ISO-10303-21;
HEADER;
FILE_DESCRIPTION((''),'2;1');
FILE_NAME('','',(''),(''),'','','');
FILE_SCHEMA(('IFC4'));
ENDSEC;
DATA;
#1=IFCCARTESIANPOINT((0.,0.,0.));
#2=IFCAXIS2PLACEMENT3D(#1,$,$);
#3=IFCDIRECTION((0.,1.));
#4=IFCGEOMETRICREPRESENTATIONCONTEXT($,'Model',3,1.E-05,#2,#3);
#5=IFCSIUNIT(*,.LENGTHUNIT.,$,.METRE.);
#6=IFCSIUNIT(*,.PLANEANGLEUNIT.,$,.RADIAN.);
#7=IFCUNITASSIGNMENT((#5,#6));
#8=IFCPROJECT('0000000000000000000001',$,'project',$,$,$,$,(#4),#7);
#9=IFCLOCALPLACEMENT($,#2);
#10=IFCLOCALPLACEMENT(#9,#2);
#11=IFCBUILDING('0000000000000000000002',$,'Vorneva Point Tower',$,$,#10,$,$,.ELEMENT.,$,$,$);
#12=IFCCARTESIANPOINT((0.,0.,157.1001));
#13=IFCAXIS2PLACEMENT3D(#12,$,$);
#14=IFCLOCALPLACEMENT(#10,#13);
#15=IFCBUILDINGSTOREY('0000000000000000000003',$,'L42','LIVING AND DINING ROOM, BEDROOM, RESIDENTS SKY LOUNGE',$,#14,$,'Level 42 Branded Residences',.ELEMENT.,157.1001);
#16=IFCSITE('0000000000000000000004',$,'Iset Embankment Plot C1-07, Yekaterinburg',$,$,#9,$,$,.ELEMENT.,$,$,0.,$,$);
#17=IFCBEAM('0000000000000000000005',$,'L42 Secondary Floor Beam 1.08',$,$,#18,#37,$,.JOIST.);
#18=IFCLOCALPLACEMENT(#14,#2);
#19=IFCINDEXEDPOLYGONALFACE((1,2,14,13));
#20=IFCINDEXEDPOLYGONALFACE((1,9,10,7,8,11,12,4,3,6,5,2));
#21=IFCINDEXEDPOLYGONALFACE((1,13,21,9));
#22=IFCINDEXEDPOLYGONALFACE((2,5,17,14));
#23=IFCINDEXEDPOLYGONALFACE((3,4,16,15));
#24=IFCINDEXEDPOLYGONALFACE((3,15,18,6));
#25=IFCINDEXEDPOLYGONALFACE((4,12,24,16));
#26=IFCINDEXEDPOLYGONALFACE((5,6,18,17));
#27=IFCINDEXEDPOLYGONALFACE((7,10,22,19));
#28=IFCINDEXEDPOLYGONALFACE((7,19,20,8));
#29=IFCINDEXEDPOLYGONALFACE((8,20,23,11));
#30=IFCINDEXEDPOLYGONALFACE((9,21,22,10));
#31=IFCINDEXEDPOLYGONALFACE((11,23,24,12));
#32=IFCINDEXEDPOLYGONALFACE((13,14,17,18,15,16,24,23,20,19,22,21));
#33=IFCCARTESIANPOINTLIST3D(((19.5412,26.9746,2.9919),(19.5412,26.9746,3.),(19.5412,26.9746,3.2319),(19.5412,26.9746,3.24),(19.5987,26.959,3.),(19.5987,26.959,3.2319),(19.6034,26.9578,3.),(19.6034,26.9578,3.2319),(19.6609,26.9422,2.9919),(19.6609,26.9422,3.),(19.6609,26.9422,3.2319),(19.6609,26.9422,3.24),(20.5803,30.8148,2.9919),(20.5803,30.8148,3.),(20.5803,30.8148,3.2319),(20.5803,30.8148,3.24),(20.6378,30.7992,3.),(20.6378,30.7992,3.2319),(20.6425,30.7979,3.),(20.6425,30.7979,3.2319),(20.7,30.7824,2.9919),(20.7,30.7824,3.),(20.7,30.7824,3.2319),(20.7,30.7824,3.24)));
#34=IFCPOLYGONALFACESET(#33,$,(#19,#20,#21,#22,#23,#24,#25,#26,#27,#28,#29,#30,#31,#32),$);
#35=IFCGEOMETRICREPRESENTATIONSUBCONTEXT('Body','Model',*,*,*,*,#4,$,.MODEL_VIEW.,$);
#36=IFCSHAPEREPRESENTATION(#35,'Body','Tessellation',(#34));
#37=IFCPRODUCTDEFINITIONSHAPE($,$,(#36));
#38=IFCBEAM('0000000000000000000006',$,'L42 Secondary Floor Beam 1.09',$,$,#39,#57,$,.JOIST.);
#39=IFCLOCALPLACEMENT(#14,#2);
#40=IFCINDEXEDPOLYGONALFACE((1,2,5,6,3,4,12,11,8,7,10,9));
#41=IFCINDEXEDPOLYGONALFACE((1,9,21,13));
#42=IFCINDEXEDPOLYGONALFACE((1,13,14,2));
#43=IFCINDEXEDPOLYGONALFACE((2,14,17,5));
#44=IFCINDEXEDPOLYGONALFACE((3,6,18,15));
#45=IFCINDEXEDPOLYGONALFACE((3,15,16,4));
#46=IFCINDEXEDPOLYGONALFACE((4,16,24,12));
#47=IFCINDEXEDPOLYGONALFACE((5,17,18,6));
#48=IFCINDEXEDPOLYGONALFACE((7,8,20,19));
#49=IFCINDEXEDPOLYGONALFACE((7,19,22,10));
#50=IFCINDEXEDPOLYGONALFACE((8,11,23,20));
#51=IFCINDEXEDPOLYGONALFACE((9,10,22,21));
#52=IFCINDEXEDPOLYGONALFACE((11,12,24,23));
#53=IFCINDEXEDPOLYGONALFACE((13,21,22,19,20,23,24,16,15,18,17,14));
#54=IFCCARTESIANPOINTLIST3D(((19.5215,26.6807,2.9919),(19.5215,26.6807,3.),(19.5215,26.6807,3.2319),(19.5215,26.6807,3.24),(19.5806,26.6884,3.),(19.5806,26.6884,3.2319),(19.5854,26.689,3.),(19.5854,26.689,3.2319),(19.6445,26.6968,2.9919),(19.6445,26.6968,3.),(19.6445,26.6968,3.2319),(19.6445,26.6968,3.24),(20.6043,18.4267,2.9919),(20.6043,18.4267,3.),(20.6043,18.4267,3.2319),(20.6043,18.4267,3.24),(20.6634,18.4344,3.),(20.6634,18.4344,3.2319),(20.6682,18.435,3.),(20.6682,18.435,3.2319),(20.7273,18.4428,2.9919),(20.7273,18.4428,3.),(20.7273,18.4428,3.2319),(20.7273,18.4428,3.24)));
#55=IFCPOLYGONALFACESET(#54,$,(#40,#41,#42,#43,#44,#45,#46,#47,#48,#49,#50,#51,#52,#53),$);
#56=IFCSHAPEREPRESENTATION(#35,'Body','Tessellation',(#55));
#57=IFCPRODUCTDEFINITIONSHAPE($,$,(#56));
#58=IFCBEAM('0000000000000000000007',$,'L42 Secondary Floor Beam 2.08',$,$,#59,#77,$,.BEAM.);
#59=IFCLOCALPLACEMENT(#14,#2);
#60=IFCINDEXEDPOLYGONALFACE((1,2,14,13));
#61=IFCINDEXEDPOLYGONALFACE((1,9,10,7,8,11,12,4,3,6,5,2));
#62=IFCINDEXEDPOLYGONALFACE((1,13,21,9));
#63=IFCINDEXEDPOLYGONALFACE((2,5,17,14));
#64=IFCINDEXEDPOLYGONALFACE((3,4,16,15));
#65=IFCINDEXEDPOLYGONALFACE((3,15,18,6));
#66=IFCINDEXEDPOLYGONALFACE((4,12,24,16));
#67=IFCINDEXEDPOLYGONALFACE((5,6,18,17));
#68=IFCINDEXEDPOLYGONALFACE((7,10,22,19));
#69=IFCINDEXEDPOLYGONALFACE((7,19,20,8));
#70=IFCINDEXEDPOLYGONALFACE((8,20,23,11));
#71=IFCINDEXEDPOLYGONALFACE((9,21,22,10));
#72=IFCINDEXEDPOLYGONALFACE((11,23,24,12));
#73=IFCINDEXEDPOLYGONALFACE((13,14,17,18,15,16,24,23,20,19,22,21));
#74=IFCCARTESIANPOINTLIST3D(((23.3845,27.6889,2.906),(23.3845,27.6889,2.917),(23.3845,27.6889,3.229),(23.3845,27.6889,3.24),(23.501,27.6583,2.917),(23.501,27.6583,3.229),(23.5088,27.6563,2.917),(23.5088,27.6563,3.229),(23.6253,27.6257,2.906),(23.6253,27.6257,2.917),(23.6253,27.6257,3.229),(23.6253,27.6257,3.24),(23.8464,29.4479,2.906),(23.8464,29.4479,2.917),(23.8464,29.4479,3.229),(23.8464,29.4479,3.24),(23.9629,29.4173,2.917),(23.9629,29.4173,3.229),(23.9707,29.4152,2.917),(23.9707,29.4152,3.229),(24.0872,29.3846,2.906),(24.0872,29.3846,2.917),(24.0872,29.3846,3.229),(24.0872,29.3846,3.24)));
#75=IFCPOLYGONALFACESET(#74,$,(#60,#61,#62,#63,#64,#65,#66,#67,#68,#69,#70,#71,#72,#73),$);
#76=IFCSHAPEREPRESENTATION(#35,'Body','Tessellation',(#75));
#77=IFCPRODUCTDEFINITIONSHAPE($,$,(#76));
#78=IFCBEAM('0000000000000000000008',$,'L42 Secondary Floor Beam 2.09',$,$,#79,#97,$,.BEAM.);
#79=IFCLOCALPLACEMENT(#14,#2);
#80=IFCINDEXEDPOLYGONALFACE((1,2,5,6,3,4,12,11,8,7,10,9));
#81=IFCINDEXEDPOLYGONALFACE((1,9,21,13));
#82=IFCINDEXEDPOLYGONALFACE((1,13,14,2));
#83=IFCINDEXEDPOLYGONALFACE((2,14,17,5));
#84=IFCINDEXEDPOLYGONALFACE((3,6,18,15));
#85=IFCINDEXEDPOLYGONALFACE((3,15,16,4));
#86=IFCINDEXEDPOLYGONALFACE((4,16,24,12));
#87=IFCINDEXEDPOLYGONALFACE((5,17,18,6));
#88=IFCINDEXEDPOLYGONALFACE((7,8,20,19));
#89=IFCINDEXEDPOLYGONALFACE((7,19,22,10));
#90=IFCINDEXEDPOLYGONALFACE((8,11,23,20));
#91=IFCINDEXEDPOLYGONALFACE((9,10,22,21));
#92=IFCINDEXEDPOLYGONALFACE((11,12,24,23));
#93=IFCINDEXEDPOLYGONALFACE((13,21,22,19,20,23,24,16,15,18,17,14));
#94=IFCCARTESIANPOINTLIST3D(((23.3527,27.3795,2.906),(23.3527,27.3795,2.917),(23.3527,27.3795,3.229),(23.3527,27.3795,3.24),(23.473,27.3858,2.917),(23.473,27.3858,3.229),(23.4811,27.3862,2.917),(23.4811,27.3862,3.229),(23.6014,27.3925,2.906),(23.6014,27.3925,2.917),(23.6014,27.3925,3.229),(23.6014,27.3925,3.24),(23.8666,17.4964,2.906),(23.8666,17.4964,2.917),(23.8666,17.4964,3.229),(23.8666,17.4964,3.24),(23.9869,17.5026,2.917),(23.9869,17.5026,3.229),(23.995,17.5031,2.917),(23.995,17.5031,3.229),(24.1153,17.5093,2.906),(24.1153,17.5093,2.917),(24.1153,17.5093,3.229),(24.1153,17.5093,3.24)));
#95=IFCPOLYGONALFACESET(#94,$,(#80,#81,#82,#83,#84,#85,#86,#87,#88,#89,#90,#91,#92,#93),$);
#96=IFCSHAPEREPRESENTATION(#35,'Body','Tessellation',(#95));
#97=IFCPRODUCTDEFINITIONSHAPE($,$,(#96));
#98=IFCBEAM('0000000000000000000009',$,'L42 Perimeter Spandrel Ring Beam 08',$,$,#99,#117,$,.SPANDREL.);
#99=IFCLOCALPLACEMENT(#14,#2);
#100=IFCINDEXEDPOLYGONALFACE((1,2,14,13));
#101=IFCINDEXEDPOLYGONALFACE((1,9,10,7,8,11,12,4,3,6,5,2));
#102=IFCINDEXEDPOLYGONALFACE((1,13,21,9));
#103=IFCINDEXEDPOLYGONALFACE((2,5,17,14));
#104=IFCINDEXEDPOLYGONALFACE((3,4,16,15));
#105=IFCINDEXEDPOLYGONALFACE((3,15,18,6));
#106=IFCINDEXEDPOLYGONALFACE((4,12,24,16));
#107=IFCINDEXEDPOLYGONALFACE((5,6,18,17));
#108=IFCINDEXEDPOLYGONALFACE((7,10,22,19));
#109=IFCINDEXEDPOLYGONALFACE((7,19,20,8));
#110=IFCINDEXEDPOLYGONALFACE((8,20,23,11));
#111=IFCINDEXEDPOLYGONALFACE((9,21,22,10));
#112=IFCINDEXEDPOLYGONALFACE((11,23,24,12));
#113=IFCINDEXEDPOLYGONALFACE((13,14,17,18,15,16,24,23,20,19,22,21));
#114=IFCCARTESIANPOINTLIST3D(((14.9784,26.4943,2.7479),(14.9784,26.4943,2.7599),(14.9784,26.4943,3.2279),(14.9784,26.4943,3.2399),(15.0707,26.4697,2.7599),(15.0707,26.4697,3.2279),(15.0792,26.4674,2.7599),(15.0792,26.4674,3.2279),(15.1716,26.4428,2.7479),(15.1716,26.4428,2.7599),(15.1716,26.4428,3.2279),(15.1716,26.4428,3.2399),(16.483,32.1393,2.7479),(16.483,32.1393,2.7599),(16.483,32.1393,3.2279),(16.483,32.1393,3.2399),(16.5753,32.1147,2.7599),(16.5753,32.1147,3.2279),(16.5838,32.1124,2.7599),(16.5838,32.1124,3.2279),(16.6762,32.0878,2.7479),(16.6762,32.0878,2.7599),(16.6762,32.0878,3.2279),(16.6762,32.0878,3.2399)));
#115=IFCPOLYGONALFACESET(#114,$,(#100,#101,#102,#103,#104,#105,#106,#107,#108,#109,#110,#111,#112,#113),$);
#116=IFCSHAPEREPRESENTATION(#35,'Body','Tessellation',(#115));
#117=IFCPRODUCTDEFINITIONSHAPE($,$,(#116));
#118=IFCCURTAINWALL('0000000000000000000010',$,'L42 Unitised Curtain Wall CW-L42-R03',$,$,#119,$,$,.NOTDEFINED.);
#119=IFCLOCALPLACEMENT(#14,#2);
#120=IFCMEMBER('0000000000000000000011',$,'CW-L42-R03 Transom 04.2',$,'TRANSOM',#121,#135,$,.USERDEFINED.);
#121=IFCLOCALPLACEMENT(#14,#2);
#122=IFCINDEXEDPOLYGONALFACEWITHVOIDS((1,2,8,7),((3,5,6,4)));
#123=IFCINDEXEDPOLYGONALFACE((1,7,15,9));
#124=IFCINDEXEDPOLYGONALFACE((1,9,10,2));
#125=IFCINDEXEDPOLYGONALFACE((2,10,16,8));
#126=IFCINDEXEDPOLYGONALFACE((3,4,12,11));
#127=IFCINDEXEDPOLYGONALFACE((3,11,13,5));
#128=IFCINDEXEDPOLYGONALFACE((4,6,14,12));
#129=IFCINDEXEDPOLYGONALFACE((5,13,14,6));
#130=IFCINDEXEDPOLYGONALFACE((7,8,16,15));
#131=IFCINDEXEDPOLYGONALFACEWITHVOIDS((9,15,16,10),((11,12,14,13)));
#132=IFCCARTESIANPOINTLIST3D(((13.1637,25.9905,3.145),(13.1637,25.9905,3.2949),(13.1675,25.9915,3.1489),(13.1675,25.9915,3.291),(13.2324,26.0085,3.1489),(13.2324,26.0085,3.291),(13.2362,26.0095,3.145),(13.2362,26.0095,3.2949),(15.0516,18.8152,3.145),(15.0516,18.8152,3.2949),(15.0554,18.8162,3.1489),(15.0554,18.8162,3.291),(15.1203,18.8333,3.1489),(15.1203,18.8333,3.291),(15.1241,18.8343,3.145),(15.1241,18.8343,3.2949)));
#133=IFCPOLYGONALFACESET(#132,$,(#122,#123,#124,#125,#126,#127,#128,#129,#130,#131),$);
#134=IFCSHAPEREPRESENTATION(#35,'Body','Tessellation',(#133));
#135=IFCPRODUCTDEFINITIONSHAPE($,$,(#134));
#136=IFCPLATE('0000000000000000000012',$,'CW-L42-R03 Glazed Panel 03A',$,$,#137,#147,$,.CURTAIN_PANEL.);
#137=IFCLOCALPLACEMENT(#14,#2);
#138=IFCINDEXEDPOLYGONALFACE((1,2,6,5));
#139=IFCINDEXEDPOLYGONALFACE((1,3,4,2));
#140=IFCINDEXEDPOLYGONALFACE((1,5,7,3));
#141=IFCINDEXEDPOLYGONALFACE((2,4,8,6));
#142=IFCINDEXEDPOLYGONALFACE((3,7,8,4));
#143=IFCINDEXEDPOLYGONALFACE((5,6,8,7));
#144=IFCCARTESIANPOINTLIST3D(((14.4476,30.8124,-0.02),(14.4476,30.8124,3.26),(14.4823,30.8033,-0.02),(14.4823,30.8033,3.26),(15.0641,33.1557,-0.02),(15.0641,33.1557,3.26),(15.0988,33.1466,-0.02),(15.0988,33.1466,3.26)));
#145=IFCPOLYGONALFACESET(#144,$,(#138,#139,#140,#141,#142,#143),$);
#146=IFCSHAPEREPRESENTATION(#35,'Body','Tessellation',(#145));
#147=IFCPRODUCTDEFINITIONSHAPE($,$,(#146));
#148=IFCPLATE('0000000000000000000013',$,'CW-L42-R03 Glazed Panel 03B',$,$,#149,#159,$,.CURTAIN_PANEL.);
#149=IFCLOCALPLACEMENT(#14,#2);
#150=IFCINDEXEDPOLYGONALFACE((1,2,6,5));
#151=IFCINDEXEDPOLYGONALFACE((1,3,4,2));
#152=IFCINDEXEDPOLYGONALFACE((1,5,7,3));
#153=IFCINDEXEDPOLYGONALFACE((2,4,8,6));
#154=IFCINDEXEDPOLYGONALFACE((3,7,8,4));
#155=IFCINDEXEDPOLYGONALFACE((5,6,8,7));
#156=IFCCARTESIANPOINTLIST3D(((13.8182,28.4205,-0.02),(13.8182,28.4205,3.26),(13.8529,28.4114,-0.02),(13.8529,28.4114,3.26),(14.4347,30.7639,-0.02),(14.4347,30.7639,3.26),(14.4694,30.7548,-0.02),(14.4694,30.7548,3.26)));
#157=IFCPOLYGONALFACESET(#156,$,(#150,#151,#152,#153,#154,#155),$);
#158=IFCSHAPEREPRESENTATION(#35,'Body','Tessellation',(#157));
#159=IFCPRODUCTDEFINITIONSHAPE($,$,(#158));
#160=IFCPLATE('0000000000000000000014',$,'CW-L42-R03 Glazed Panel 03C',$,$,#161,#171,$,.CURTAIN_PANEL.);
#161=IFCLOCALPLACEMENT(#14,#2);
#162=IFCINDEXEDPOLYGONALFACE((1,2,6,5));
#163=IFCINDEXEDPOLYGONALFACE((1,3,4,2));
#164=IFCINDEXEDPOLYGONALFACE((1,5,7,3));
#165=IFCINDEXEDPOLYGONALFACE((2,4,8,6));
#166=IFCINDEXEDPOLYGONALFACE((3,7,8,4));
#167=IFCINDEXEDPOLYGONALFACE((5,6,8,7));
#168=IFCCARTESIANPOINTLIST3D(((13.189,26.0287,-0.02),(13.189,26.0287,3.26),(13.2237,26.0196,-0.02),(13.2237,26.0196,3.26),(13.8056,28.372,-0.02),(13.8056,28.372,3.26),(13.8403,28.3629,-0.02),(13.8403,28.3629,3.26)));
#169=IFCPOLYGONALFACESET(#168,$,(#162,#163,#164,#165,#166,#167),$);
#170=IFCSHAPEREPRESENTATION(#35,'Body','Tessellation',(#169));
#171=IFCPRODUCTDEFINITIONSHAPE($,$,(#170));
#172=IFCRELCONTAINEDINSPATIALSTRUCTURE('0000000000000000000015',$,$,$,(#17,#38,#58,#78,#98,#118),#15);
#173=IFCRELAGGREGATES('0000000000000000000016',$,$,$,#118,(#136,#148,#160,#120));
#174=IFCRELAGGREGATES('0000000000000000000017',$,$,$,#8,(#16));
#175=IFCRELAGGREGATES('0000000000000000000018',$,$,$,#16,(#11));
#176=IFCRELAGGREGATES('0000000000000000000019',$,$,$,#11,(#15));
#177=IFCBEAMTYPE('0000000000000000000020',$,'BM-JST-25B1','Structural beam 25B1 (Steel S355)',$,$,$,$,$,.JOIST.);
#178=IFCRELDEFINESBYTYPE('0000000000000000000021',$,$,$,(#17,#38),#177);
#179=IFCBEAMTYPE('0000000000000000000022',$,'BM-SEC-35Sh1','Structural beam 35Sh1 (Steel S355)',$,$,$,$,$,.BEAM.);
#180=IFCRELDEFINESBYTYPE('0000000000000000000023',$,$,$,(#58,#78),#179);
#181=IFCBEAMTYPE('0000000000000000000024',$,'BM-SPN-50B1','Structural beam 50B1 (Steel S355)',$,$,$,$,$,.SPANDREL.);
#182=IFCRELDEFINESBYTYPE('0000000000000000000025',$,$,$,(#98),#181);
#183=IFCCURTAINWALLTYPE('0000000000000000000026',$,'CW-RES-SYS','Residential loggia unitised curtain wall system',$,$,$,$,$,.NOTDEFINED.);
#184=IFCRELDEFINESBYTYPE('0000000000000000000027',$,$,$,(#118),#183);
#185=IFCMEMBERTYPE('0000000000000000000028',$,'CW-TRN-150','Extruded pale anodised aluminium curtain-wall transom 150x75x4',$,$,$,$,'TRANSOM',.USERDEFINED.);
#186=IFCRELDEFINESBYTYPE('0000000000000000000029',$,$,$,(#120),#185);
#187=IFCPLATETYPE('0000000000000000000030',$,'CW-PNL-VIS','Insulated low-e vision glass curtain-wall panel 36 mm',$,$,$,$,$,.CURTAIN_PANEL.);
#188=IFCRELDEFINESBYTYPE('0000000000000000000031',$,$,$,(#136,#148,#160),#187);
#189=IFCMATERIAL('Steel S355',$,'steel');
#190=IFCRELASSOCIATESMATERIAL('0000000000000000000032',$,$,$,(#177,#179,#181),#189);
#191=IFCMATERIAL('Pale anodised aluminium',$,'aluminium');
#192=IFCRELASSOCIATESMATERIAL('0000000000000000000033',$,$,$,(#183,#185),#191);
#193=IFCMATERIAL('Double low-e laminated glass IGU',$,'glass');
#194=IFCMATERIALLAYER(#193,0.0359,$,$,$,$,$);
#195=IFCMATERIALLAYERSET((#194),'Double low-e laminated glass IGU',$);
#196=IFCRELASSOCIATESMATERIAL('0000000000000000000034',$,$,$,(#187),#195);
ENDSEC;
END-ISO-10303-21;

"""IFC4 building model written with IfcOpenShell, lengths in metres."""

from ifc_helpers import new_model, si_unit, direction, frame, origin, origin_2d, place, context, subcontext, project, spatial, rectangle, hollow_rectangle, i_section, extrude, material, layer, layer_set, material_profile, profile_set, type_object, element, aggregate, save


model = new_model("IFC4")

# Units and contexts
model_context = context("Model", 3, precision=1e-05, world=origin(), true_north=direction((0.0, 1.0)))
body_context = subcontext(model_context, "Body", "Model", "MODEL_VIEW")
ifc_project = project(units=[si_unit("LENGTHUNIT", "METRE"), si_unit("PLANEANGLEUNIT", "RADIAN")], contexts=[model_context])

# Site, building, storey
site_placement = place(None, origin())
site = spatial("IfcSite", under=ifc_project, at=site_placement, Name="Iset Embankment Plot C1-07, Yekaterinburg", CompositionType="ELEMENT", RefElevation=0.0)
building_placement = place(site_placement, origin())
building = spatial("IfcBuilding", under=site, at=building_placement, Name="Vorneva Point Tower", CompositionType="ELEMENT")
storey_placement = place(building_placement, frame((0.0, 0.0, 157.1001)))
storey = spatial("IfcBuildingStorey", under=building, at=storey_placement, Name="L42", Description="LIVING AND DINING ROOM, BEDROOM, RESIDENTS SKY LOUNGE", LongName="Level 42 Branded Residences", CompositionType="ELEMENT", Elevation=157.1001)

# Beams
ifc_material_1 = material(Name="Steel S355", Category="steel")
ifc_material_profile_1 = material_profile(ifc_material_1, i_section(OverallWidth=0.124, OverallDepth=0.248, WebThickness=0.0049, FlangeThickness=0.0081, at=origin_2d()), Name="25B1")
ifc_profile_set_1 = profile_set([ifc_material_profile_1], Name="Steel S355")
beam_type_1 = type_object("IfcBeamType", Name="BM-JST-25B1", Description="Structural beam 25B1 (Steel S355)", PredefinedType="JOIST", material=ifc_profile_set_1)
beam_1_placement = place(storey_placement, frame((20.6401, 30.7986, 3.116), z_axis=(-0.26119, -0.965287, 0.0), x_axis=(0.965287, -0.26119, 0.0)))
element("IfcBeam", 1, at=beam_1_placement, inside=storey, type_object=beam_type_1, Name="L42 Secondary Floor Beam 1.08", PredefinedType="JOIST", context=body_context, shape_type="SweptSolid", body=[
    extrude(i_section(OverallWidth=0.124, OverallDepth=0.248, WebThickness=0.0049, FlangeThickness=0.0081, at=origin_2d()), origin(), (0.0, 0.0, 1.0), 3.9783),
])
beam_2_placement = place(storey_placement, frame((19.583, 26.6887, 3.116), z_axis=(0.130068, -0.991505, 0.0), x_axis=(0.991505, 0.130068, 0.0)))
element("IfcBeam", 2, at=beam_2_placement, inside=storey, type_object=beam_type_1, Name="L42 Secondary Floor Beam 1.09", PredefinedType="JOIST", context=body_context, shape_type="SweptSolid", body=[
    extrude(i_section(OverallWidth=0.124, OverallDepth=0.248, WebThickness=0.0049, FlangeThickness=0.0081, at=origin_2d()), origin(), (0.0, 0.0, 1.0), 8.3247),
])
ifc_material_profile_2 = material_profile(ifc_material_1, i_section(OverallWidth=0.249, OverallDepth=0.334, WebThickness=0.0081, FlangeThickness=0.011, at=origin_2d()), Name="35Sh1")
ifc_profile_set_2 = profile_set([ifc_material_profile_2], Name="Steel S355")
beam_type_2 = type_object("IfcBeamType", Name="BM-SEC-35Sh1", Description="Structural beam 35Sh1 (Steel S355)", PredefinedType="BEAM", material=ifc_profile_set_2)
beam_3_placement = place(storey_placement, frame((23.9668, 29.4163, 3.073), z_axis=(-0.253984, -0.967208, 0.0), x_axis=(0.967208, -0.253984, 0.0)))
element("IfcBeam", 3, at=beam_3_placement, inside=storey, type_object=beam_type_2, Name="L42 Secondary Floor Beam 2.08", PredefinedType="BEAM", context=body_context, shape_type="SweptSolid", body=[
    extrude(i_section(OverallWidth=0.249, OverallDepth=0.334, WebThickness=0.0081, FlangeThickness=0.011, at=origin_2d()), origin(), (0.0, 0.0, 1.0), 1.8186),
])
beam_4_placement = place(storey_placement, frame((23.4771, 27.386, 3.073), z_axis=(0.05193, -0.998651, 0.0), x_axis=(0.998651, 0.05193, 0.0)))
element("IfcBeam", 4, at=beam_4_placement, inside=storey, type_object=beam_type_2, Name="L42 Secondary Floor Beam 2.09", PredefinedType="BEAM", context=body_context, shape_type="SweptSolid", body=[
    extrude(i_section(OverallWidth=0.249, OverallDepth=0.334, WebThickness=0.0081, FlangeThickness=0.011, at=origin_2d()), origin(), (0.0, 0.0, 1.0), 9.8965),
])
ifc_material_profile_3 = material_profile(ifc_material_1, i_section(OverallWidth=0.2, OverallDepth=0.4919, WebThickness=0.0088, FlangeThickness=0.012, at=origin_2d()), Name="50B1")
ifc_profile_set_3 = profile_set([ifc_material_profile_3], Name="Steel S355")
beam_type_3 = type_object("IfcBeamType", Name="BM-SPN-50B1", Description="Structural beam 50B1 (Steel S355)", PredefinedType="SPANDREL", material=ifc_profile_set_3)
beam_5_placement = place(storey_placement, frame((16.5796, 32.1135, 2.9939), z_axis=(-0.257551, -0.966265, 0.0), x_axis=(0.966265, -0.257551, 0.0)))
element("IfcBeam", 5, at=beam_5_placement, inside=storey, type_object=beam_type_3, Name="L42 Perimeter Spandrel Ring Beam 08", PredefinedType="SPANDREL", context=body_context, shape_type="SweptSolid", body=[
    extrude(i_section(OverallWidth=0.2, OverallDepth=0.4919, WebThickness=0.0088, FlangeThickness=0.012, at=origin_2d()), origin(), (0.0, 0.0, 1.0), 5.842),
])

# Curtain wall, member, plates
ifc_material_2 = material(Name="Pale anodised aluminium", Category="aluminium")
curtain_wall_type = type_object("IfcCurtainWallType", Name="CW-RES-SYS", Description="Residential loggia unitised curtain wall system", PredefinedType="NOTDEFINED", material=ifc_material_2)
curtain_wall_placement = place(storey_placement, origin())
curtain_wall = element("IfcCurtainWall", 6, at=curtain_wall_placement, inside=storey, type_object=curtain_wall_type, Name="L42 Unitised Curtain Wall CW-L42-R03", PredefinedType="NOTDEFINED")
ifc_material_profile_4 = material_profile(ifc_material_2, hollow_rectangle(XDim=0.075, YDim=0.1499, WallThickness=0.0039, at=origin_2d()), Name="AL-TRN 150x75x4")
ifc_profile_set_4 = profile_set([ifc_material_profile_4], Name="Pale anodised aluminium")
member_type = type_object("IfcMemberType", Name="CW-TRN-150", Description="Extruded pale anodised aluminium curtain-wall transom 150x75x4", ElementType="TRANSOM", PredefinedType="USERDEFINED", material=ifc_profile_set_4)
member_placement = place(storey_placement, frame((13.2, 26.0, 3.22), z_axis=(0.254456, -0.967084, 0.0), x_axis=(0.967084, 0.254456, 0.0)))
member = element("IfcMember", 7, at=member_placement, type_object=member_type, Name="CW-L42-R03 Transom 04.2", ObjectType="TRANSOM", PredefinedType="USERDEFINED", context=body_context, shape_type="SweptSolid", body=[
    extrude(hollow_rectangle(XDim=0.075, YDim=0.1499, WallThickness=0.0039, at=origin_2d()), origin(), (0.0, 0.0, 1.0), 7.4194),
])
ifc_material_3 = material(Name="Double low-e laminated glass IGU", Category="glass")
ifc_layer_1 = layer(ifc_material_3, 0.0359)
ifc_layer_set_1 = layer_set([ifc_layer_1], Name="Double low-e laminated glass IGU")
plate_type = type_object("IfcPlateType", Name="CW-PNL-VIS", Description="Insulated low-e vision glass curtain-wall panel 36 mm", PredefinedType="CURTAIN_PANEL", material=ifc_layer_set_1)
plate_1_placement = place(storey_placement, frame((14.7732, 31.9795, -0.02), z_axis=(0.0, 0.0, 1.0), x_axis=(-0.254433, -0.96709, 0.0)))
plate_1 = element("IfcPlate", 8, at=plate_1_placement, type_object=plate_type, Name="CW-L42-R03 Glazed Panel 03A", PredefinedType="CURTAIN_PANEL", context=body_context, shape_type="SweptSolid", body=[
    extrude(rectangle(XDim=2.4231, YDim=0.0359, at=origin_2d()), origin(), (0.0, 0.0, 1.0), 3.28),
])
plate_2_placement = place(storey_placement, frame((14.1438, 29.5876, -0.02), z_axis=(0.0, 0.0, 1.0), x_axis=(-0.254433, -0.96709, 0.0)))
plate_2 = element("IfcPlate", 9, at=plate_2_placement, type_object=plate_type, Name="CW-L42-R03 Glazed Panel 03B", PredefinedType="CURTAIN_PANEL", context=body_context, shape_type="SweptSolid", body=[
    extrude(rectangle(XDim=2.4231, YDim=0.0359, at=origin_2d()), origin(), (0.0, 0.0, 1.0), 3.28),
])
plate_3_placement = place(storey_placement, frame((13.5146, 27.1958, -0.02), z_axis=(0.0, 0.0, 1.0), x_axis=(-0.254433, -0.96709, 0.0)))
plate_3 = element("IfcPlate", 10, at=plate_3_placement, type_object=plate_type, Name="CW-L42-R03 Glazed Panel 03C", PredefinedType="CURTAIN_PANEL", context=body_context, shape_type="SweptSolid", body=[
    extrude(rectangle(XDim=2.4231, YDim=0.0359, at=origin_2d()), origin(), (0.0, 0.0, 1.0), 3.28),
])
aggregate(curtain_wall, [plate_1, plate_2, plate_3, member])

save(model, "model.ifc")
